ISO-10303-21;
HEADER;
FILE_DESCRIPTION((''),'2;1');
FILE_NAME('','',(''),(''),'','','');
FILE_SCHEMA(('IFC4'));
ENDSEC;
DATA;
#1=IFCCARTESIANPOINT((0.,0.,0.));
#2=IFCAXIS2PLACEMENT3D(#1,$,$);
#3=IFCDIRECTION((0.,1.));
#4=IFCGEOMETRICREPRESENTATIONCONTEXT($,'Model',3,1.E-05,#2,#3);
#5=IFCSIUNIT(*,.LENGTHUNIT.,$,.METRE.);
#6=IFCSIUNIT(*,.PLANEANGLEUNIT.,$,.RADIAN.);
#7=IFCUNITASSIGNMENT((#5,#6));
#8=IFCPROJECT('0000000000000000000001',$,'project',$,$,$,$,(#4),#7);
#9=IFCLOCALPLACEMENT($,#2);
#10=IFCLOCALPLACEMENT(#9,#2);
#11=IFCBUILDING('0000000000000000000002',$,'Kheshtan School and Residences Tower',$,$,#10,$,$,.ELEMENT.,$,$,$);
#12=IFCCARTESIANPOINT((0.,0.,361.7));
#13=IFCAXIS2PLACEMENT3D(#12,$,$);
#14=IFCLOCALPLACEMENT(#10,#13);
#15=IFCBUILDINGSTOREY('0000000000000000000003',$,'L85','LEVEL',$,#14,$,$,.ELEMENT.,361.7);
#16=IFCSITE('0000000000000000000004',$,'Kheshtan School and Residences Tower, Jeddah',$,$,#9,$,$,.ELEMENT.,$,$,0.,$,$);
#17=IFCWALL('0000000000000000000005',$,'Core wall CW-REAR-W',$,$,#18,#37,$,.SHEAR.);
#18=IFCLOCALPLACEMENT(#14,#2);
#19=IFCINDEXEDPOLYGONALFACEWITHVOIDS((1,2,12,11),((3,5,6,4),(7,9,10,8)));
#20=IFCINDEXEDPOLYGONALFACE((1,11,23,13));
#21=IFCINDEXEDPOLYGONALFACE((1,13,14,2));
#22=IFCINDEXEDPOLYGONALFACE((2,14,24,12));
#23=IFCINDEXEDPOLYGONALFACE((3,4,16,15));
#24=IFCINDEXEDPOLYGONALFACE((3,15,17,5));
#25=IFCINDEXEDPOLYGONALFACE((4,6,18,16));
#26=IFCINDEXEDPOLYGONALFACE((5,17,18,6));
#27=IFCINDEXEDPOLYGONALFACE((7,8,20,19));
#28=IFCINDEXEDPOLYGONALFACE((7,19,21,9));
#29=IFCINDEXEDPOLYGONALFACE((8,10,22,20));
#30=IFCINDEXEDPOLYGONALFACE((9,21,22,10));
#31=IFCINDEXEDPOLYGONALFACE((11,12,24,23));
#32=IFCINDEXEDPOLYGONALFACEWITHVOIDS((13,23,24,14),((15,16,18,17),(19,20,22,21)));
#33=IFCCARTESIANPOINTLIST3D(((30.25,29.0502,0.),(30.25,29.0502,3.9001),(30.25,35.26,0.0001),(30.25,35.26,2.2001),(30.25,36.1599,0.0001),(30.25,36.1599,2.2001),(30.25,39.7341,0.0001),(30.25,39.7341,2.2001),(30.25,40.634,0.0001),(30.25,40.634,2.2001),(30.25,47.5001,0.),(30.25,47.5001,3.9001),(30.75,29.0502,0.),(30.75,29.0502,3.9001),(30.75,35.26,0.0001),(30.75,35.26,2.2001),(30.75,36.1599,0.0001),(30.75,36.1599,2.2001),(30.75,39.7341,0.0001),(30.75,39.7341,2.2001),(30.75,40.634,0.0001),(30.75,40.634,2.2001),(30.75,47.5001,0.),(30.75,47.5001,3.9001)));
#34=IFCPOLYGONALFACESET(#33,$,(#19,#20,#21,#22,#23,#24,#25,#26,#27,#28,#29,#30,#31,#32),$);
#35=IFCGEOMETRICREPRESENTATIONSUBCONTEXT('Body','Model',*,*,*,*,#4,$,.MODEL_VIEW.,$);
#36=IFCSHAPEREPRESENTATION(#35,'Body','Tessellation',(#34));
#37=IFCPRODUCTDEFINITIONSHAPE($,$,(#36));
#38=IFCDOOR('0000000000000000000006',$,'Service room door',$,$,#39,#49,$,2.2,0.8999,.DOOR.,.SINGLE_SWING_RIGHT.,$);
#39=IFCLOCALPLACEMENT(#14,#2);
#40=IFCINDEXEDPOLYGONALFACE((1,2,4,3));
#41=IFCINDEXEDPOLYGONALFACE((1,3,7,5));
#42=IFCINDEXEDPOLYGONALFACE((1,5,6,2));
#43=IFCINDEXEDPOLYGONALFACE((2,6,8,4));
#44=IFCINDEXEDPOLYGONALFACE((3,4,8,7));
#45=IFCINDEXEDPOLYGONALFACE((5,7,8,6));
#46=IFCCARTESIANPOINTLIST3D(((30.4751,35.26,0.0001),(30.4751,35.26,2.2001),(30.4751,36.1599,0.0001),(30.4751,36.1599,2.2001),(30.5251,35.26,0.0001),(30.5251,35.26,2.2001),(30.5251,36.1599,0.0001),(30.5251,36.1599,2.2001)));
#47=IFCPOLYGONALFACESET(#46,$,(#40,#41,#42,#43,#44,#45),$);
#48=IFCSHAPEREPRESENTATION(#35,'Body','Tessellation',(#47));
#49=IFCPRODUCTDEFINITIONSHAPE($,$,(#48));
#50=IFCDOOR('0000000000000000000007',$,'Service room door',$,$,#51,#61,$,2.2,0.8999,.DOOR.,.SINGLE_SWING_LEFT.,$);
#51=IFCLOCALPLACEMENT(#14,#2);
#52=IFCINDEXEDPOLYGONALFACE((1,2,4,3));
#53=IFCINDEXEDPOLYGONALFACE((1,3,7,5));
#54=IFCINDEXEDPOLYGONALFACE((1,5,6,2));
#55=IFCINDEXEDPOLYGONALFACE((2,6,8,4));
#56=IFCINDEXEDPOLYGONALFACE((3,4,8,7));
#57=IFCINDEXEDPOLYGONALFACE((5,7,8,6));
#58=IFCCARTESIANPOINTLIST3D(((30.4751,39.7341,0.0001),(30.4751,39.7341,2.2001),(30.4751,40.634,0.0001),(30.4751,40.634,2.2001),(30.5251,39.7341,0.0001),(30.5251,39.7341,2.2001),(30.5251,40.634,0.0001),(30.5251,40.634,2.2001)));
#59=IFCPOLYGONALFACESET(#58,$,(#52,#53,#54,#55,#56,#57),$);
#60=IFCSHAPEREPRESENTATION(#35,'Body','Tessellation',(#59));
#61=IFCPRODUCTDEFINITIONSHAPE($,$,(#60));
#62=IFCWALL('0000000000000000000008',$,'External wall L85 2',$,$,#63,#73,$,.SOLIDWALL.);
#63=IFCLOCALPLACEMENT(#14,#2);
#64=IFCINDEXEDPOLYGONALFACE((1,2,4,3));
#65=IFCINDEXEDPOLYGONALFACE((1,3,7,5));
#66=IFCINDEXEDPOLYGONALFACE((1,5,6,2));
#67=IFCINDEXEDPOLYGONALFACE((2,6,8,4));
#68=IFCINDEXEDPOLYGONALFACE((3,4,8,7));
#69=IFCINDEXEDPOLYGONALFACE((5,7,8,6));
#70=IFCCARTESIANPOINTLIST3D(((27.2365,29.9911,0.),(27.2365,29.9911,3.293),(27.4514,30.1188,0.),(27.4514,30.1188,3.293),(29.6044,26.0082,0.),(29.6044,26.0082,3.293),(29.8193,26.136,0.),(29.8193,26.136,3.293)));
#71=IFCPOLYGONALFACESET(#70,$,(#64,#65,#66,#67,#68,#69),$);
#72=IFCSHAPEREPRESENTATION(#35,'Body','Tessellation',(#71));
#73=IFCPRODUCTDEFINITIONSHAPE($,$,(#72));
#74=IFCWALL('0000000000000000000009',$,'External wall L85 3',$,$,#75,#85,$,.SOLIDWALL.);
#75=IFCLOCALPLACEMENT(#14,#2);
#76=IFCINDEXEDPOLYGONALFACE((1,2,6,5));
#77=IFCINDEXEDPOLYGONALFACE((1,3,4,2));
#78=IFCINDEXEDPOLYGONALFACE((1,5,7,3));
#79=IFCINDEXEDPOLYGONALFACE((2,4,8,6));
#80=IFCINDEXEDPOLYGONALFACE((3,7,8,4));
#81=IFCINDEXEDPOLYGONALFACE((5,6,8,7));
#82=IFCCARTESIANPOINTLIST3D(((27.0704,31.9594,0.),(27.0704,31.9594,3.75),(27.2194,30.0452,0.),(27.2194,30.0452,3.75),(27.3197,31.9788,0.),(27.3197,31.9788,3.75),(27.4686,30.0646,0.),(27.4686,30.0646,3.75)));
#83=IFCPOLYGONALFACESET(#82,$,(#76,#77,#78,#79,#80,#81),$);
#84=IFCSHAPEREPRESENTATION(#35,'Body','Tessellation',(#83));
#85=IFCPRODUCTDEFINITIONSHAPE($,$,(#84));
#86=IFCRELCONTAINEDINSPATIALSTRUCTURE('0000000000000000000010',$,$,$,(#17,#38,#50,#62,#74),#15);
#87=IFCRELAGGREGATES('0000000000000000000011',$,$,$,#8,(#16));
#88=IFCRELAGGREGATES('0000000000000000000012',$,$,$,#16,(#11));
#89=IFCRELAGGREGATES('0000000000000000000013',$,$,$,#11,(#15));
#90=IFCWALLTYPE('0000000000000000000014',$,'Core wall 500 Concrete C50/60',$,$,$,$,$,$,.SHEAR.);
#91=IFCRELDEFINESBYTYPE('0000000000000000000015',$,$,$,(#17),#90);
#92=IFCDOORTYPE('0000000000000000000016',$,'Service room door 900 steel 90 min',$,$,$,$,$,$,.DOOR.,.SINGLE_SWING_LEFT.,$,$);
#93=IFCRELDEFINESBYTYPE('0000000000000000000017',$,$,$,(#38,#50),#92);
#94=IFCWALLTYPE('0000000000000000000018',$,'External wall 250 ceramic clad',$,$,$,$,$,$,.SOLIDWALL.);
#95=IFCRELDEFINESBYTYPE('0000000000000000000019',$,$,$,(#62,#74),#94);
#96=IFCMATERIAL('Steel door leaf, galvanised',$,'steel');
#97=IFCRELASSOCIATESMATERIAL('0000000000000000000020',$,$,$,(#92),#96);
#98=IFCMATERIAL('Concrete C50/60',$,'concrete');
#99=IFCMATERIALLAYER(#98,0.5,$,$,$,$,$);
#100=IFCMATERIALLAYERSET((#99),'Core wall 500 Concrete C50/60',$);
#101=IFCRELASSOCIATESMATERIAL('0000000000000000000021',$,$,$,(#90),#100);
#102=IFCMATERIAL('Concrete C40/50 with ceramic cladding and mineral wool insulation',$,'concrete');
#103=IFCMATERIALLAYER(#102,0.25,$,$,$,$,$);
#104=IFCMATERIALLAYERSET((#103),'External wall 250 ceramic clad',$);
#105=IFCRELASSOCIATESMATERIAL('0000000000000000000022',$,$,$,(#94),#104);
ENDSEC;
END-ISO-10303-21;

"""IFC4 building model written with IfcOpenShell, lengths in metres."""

from ifc_helpers import new_model, si_unit, direction, frame, frame_2d, origin, place, context, subcontext, project, spatial, rectangle, extrude, source, transform, mapped, material, layer, layer_set, type_object, element, fill, save


model = new_model("IFC4")

# Units and contexts
model_context = context("Model", 3, precision=1e-05, world=origin(), true_north=direction((0.0, 1.0)))
body_context = subcontext(model_context, "Body", "Model", "MODEL_VIEW")
ifc_project = project(units=[si_unit("LENGTHUNIT", "METRE"), si_unit("PLANEANGLEUNIT", "RADIAN")], contexts=[model_context])

# Site, building, storey
site_placement = place(None, origin())
site = spatial("IfcSite", under=ifc_project, at=site_placement, Name="Kheshtan School and Residences Tower, Jeddah", CompositionType="ELEMENT", RefElevation=0.0)
building_placement = place(site_placement, origin())
building = spatial("IfcBuilding", under=site, at=building_placement, Name="Kheshtan School and Residences Tower", CompositionType="ELEMENT")
storey_placement = place(building_placement, frame((0.0, 0.0, 361.7)))
storey = spatial("IfcBuildingStorey", under=building, at=storey_placement, Name="L85", Description="LEVEL", CompositionType="ELEMENT", Elevation=361.7)

# Shared definitions
ifc_material_1 = material(Name="Concrete C50/60", Category="concrete")
ifc_material_2 = material(Name="Steel door leaf, galvanised", Category="steel")
door_type_1 = type_object("IfcDoorType", Name="Service room door 900 steel 90 min", OperationType="SINGLE_SWING_LEFT", PredefinedType="DOOR", material=ifc_material_2)
shared_shape_1 = source(origin(), body_context, "Body", "SweptSolid", [
    extrude(rectangle(XDim=0.8999, YDim=2.2, at=frame_2d((0.45, 1.1001))), frame((0.0, 0.0249, 0.0), z_axis=(0.0, -1.0, 0.0), x_axis=(1.0, 0.0, 0.0)), (0.0, 0.0, 1.0), 0.05),
])

# Shared definitions
ifc_layer_1 = layer(ifc_material_1, 0.5)
ifc_layer_set_1 = layer_set([ifc_layer_1], Name="Core wall 500 Concrete C50/60")
wall_type_1 = type_object("IfcWallType", Name="Core wall 500 Concrete C50/60", PredefinedType="SHEAR", material=ifc_layer_set_1)

# Wall, openings, doors
wall_1_placement = place(storey_placement, frame((30.5, 29.05, 0.0), z_axis=(0.0, 0.0, 1.0), x_axis=(0.0, 1.0, 0.0)))
wall_1 = element("IfcWall", 1, at=wall_1_placement, inside=storey, type_object=wall_type_1, Name="Core wall CW-REAR-W", PredefinedType="SHEAR", context=body_context, shape_type="SweptSolid", body=[
    extrude(rectangle(XDim=18.45, YDim=0.5, at=frame_2d((9.2251, 0.0))), origin(), (0.0, 0.0, 1.0), 3.9001),
])
opening_1_placement = place(wall_1_placement, frame((6.21, 0.0, 0.0)))
opening_1 = element("IfcOpeningElement", 2, at=opening_1_placement, cuts=wall_1, PredefinedType="OPENING", context=body_context, shape_type="SweptSolid", body=[
    extrude(rectangle(XDim=0.8999, YDim=2.2, at=frame_2d((0.45, 1.1001))), frame((0.0, 0.26, 0.0), z_axis=(0.0, -1.0, 0.0), x_axis=(1.0, 0.0, 0.0)), (0.0, 0.0, 1.0), 0.52),
])
opening_2_placement = place(wall_1_placement, frame((10.6841, 0.0, 0.0)))
opening_2 = element("IfcOpeningElement", 3, at=opening_2_placement, cuts=wall_1, PredefinedType="OPENING", context=body_context, shape_type="SweptSolid", body=[
    extrude(rectangle(XDim=0.8999, YDim=2.2, at=frame_2d((0.45, 1.1001))), frame((0.0, 0.26, 0.0), z_axis=(0.0, -1.0, 0.0), x_axis=(1.0, 0.0, 0.0)), (0.0, 0.0, 1.0), 0.52),
])
door_1_placement = place(opening_1_placement, origin())
door_1 = element("IfcDoor", 4, at=door_1_placement, inside=storey, type_object=door_type_1, Name="Service room door", OperationType="SINGLE_SWING_RIGHT", OverallHeight=2.2, OverallWidth=0.8999, PredefinedType="DOOR", context=body_context, shape_type="MappedRepresentation", body=[
    mapped(shared_shape_1, transform((0.0, 0.0, 0.0), x_axis=(1.0, 0.0, 0.0), y_axis=(0.0, 1.0, 0.0), z_axis=(0.0, 0.0, 1.0), scale=1.0)),
])
fill(opening_1, door_1)
door_2_placement = place(opening_2_placement, origin())
door_2 = element("IfcDoor", 5, at=door_2_placement, inside=storey, type_object=door_type_1, Name="Service room door", OperationType="SINGLE_SWING_LEFT", OverallHeight=2.2, OverallWidth=0.8999, PredefinedType="DOOR", context=body_context, shape_type="MappedRepresentation", body=[
    mapped(shared_shape_1, transform((0.0, 0.0, 0.0), x_axis=(1.0, 0.0, 0.0), y_axis=(0.0, 1.0, 0.0), z_axis=(0.0, 0.0, 1.0), scale=1.0)),
])
fill(opening_2, door_2)

# Walls
ifc_material_3 = material(Name="Concrete C40/50 with ceramic cladding and mineral wool insulation", Category="concrete")
ifc_layer_2 = layer(ifc_material_3, 0.25)
ifc_layer_set_2 = layer_set([ifc_layer_2], Name="External wall 250 ceramic clad")
wall_type_2 = type_object("IfcWallType", Name="External wall 250 ceramic clad", PredefinedType="SOLIDWALL", material=ifc_layer_set_2)
wall_2_placement = place(storey_placement, frame((29.7119, 26.072, 0.0), z_axis=(0.0, 0.0, 1.0), x_axis=(-0.511028, 0.859564, 0.0)))
element("IfcWall", 6, at=wall_2_placement, inside=storey, type_object=wall_type_2, Name="External wall L85 2", PredefinedType="SOLIDWALL", context=body_context, shape_type="SweptSolid", body=[
    extrude(rectangle(XDim=4.6335, YDim=0.25, at=frame_2d((2.3169, 0.0))), origin(), (0.0, 0.0, 1.0), 3.293),
])
wall_3_placement = place(storey_placement, frame((27.344, 30.0549, 0.0), z_axis=(0.0, 0.0, 1.0), x_axis=(-0.077572, 0.996987, 0.0)))
element("IfcWall", 7, at=wall_3_placement, inside=storey, type_object=wall_type_2, Name="External wall L85 3", PredefinedType="SOLIDWALL", context=body_context, shape_type="SweptSolid", body=[
    extrude(rectangle(XDim=1.9199, YDim=0.25, at=frame_2d((0.96, 0.0))), origin(), (0.0, 0.0, 1.0), 3.75),
])

save(model, "model.ifc")
